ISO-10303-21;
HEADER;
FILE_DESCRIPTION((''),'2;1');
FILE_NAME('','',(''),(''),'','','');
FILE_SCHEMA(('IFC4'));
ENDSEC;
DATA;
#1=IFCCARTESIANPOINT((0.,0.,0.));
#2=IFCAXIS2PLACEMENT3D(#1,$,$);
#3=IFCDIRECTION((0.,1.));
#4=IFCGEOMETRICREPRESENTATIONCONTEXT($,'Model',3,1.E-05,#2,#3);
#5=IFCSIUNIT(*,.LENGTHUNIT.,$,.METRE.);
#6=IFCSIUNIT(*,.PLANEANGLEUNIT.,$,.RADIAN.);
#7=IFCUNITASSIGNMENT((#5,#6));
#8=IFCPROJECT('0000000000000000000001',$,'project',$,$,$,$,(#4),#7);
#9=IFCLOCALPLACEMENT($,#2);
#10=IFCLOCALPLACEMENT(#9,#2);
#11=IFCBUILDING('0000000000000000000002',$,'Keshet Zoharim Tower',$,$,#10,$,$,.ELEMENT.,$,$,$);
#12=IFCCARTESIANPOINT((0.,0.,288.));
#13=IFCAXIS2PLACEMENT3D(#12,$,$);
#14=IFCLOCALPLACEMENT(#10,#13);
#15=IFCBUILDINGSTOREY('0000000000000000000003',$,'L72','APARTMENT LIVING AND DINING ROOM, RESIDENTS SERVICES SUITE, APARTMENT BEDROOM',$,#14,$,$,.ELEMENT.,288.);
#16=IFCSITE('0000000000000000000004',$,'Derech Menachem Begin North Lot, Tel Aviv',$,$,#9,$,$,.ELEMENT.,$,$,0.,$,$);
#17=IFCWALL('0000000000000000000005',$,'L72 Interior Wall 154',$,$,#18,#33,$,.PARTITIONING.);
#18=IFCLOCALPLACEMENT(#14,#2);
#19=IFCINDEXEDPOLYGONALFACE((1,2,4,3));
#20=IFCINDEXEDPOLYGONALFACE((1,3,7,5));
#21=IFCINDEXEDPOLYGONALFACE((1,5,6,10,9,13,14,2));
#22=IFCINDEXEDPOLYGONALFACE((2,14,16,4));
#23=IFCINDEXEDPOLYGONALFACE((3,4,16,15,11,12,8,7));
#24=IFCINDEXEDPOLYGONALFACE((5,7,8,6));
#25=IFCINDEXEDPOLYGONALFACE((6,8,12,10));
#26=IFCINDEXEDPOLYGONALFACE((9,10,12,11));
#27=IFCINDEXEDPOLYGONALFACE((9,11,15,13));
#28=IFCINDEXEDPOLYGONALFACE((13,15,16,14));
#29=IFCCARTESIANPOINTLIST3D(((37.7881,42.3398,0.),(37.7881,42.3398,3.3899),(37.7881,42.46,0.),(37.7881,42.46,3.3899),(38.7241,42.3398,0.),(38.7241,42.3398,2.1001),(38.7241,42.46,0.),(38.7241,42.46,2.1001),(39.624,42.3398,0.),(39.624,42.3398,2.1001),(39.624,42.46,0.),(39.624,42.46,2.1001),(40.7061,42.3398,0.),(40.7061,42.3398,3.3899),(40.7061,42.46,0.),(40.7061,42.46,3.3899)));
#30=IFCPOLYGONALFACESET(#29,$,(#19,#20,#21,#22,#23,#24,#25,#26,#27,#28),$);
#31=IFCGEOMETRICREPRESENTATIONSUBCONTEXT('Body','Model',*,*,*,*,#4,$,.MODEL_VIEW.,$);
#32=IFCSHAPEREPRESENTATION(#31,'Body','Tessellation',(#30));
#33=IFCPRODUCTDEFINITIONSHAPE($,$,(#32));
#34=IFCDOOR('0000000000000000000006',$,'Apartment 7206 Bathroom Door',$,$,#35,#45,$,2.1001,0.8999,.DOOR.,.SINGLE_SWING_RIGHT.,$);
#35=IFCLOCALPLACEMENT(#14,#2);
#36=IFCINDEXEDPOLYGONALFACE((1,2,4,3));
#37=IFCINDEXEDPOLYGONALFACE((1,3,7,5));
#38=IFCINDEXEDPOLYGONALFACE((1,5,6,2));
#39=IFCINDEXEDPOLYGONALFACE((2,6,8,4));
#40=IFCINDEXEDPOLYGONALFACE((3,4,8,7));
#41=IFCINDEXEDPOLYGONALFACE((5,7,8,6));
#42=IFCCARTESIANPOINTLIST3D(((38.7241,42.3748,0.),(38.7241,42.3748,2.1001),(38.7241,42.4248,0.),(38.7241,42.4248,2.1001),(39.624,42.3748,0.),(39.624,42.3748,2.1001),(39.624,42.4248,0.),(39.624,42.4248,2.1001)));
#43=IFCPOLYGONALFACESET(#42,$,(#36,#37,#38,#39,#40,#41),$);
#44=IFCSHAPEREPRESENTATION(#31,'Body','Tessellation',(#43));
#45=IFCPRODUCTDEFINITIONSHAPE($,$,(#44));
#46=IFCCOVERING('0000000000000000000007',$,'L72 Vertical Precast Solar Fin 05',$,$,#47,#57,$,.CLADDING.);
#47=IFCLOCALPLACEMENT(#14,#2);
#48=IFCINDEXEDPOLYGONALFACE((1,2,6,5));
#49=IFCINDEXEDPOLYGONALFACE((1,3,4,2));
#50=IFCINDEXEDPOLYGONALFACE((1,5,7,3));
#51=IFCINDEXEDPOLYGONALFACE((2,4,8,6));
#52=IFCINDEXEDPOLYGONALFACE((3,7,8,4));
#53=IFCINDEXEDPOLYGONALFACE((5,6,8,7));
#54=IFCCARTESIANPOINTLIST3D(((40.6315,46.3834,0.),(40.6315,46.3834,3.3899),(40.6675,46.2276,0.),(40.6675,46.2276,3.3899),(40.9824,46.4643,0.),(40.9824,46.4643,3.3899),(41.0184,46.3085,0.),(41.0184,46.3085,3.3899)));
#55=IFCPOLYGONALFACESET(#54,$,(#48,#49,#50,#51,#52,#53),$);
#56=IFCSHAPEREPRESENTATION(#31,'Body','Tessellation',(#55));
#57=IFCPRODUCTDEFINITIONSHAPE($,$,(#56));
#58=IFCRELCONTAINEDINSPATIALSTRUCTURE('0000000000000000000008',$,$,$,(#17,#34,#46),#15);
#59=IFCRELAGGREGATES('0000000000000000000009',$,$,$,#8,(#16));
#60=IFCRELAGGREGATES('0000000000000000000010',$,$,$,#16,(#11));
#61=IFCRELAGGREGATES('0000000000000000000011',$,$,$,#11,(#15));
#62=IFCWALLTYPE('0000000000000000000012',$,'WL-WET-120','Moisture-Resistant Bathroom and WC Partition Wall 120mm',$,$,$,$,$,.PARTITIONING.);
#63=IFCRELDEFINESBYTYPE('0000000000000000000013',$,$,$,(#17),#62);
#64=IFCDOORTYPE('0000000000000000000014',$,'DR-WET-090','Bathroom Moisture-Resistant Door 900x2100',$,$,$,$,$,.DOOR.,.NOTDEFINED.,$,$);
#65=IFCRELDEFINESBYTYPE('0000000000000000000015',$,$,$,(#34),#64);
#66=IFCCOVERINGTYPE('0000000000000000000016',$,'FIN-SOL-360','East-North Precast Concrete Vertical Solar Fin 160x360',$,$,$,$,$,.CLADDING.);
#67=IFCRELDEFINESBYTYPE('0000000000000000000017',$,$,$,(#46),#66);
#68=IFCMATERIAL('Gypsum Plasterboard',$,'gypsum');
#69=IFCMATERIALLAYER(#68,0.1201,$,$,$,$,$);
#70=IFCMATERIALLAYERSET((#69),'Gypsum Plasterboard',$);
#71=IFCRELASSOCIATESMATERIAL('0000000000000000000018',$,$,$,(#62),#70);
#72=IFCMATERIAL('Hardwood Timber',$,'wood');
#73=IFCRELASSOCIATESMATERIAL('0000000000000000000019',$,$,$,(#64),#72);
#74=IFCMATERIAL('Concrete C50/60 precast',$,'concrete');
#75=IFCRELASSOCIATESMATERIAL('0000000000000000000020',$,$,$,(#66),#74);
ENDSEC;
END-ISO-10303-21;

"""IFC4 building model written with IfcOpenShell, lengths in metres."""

from ifc_helpers import new_model, si_unit, direction, frame, frame_2d, origin, origin_2d, place, context, subcontext, project, spatial, rectangle, extrude, material, layer, layer_set, type_object, element, fill, save


model = new_model("IFC4")

# Units and contexts
model_context = context("Model", 3, precision=1e-05, world=origin(), true_north=direction((0.0, 1.0)))
body_context = subcontext(model_context, "Body", "Model", "MODEL_VIEW")
ifc_project = project(units=[si_unit("LENGTHUNIT", "METRE"), si_unit("PLANEANGLEUNIT", "RADIAN")], contexts=[model_context])

# Site, building, storey
site_placement = place(None, origin())
site = spatial("IfcSite", under=ifc_project, at=site_placement, Name="Derech Menachem Begin North Lot, Tel Aviv", CompositionType="ELEMENT", RefElevation=0.0)
building_placement = place(site_placement, origin())
building = spatial("IfcBuilding", under=site, at=building_placement, Name="Keshet Zoharim Tower", CompositionType="ELEMENT")
storey_placement = place(building_placement, frame((0.0, 0.0, 288.0)))
storey = spatial("IfcBuildingStorey", under=building, at=storey_placement, Name="L72", Description="APARTMENT LIVING AND DINING ROOM, RESIDENTS SERVICES SUITE, APARTMENT BEDROOM", CompositionType="ELEMENT", Elevation=288.0)

# Shared definitions
ifc_material_1 = material(Name="Gypsum Plasterboard", Category="gypsum")
ifc_layer_1 = layer(ifc_material_1, 0.1201)
ifc_layer_set_1 = layer_set([ifc_layer_1], Name="Gypsum Plasterboard")
wall_type_1 = type_object("IfcWallType", Name="WL-WET-120", Description="Moisture-Resistant Bathroom and WC Partition Wall 120mm", PredefinedType="PARTITIONING", material=ifc_layer_set_1)

# Wall, opening, door
wall_1_placement = place(storey_placement, frame((37.7881, 42.3999, 0.0), z_axis=(0.0, 0.0, 1.0), x_axis=(1.0, 0.0, 0.0)))
wall_1 = element("IfcWall", 1, at=wall_1_placement, inside=storey, type_object=wall_type_1, Name="L72 Interior Wall 154", PredefinedType="PARTITIONING", context=body_context, shape_type="SweptSolid", body=[
    extrude(rectangle(XDim=2.918, YDim=0.1201, at=frame_2d((1.459, 0.0))), origin(), (0.0, 0.0, 1.0), 3.3899),
])
opening_placement = place(wall_1_placement, frame((0.936, 0.0, 0.0)))
opening = element("IfcOpeningElement", 2, at=opening_placement, cuts=wall_1, PredefinedType="OPENING", context=body_context, shape_type="SweptSolid", body=[
    extrude(rectangle(XDim=0.8999, YDim=2.1001, at=frame_2d((0.45, 1.05))), frame((0.0, 0.0701, 0.0), z_axis=(0.0, -1.0, 0.0), x_axis=(1.0, 0.0, 0.0)), (0.0, 0.0, 1.0), 0.1401),
])
ifc_material_2 = material(Name="Hardwood Timber", Category="wood")
door_type = type_object("IfcDoorType", Name="DR-WET-090", Description="Bathroom Moisture-Resistant Door 900x2100", OperationType="NOTDEFINED", PredefinedType="DOOR", material=ifc_material_2)
door_placement = place(opening_placement, origin())
door = element("IfcDoor", 3, at=door_placement, inside=storey, type_object=door_type, Name="Apartment 7206 Bathroom Door", OperationType="SINGLE_SWING_RIGHT", OverallHeight=2.1001, OverallWidth=0.8999, PredefinedType="DOOR", context=body_context, shape_type="SweptSolid", body=[
    extrude(rectangle(XDim=0.8999, YDim=2.1001, at=frame_2d((0.45, 1.05))), frame((0.0, 0.0249, 0.0), z_axis=(0.0, -1.0, 0.0), x_axis=(1.0, 0.0, 0.0)), (0.0, 0.0, 1.0), 0.05),
])
fill(opening, door)

# Covering
ifc_material_3 = material(Name="Concrete C50/60 precast", Category="concrete")
covering_type = type_object("IfcCoveringType", Name="FIN-SOL-360", Description="East-North Precast Concrete Vertical Solar Fin 160x360", PredefinedType="CLADDING", material=ifc_material_3)
covering_placement = place(storey_placement, frame((40.825, 46.3459, 0.0), z_axis=(0.0, 0.0, 1.0), x_axis=(0.22483, -0.974398, 0.0)))
element("IfcCovering", 4, at=covering_placement, inside=storey, type_object=covering_type, Name="L72 Vertical Precast Solar Fin 05", PredefinedType="CLADDING", context=body_context, shape_type="SweptSolid", body=[
    extrude(rectangle(XDim=0.1599, YDim=0.3601, at=origin_2d()), origin(), (0.0, 0.0, 1.0), 3.3899),
])

save(model, "model.ifc")
